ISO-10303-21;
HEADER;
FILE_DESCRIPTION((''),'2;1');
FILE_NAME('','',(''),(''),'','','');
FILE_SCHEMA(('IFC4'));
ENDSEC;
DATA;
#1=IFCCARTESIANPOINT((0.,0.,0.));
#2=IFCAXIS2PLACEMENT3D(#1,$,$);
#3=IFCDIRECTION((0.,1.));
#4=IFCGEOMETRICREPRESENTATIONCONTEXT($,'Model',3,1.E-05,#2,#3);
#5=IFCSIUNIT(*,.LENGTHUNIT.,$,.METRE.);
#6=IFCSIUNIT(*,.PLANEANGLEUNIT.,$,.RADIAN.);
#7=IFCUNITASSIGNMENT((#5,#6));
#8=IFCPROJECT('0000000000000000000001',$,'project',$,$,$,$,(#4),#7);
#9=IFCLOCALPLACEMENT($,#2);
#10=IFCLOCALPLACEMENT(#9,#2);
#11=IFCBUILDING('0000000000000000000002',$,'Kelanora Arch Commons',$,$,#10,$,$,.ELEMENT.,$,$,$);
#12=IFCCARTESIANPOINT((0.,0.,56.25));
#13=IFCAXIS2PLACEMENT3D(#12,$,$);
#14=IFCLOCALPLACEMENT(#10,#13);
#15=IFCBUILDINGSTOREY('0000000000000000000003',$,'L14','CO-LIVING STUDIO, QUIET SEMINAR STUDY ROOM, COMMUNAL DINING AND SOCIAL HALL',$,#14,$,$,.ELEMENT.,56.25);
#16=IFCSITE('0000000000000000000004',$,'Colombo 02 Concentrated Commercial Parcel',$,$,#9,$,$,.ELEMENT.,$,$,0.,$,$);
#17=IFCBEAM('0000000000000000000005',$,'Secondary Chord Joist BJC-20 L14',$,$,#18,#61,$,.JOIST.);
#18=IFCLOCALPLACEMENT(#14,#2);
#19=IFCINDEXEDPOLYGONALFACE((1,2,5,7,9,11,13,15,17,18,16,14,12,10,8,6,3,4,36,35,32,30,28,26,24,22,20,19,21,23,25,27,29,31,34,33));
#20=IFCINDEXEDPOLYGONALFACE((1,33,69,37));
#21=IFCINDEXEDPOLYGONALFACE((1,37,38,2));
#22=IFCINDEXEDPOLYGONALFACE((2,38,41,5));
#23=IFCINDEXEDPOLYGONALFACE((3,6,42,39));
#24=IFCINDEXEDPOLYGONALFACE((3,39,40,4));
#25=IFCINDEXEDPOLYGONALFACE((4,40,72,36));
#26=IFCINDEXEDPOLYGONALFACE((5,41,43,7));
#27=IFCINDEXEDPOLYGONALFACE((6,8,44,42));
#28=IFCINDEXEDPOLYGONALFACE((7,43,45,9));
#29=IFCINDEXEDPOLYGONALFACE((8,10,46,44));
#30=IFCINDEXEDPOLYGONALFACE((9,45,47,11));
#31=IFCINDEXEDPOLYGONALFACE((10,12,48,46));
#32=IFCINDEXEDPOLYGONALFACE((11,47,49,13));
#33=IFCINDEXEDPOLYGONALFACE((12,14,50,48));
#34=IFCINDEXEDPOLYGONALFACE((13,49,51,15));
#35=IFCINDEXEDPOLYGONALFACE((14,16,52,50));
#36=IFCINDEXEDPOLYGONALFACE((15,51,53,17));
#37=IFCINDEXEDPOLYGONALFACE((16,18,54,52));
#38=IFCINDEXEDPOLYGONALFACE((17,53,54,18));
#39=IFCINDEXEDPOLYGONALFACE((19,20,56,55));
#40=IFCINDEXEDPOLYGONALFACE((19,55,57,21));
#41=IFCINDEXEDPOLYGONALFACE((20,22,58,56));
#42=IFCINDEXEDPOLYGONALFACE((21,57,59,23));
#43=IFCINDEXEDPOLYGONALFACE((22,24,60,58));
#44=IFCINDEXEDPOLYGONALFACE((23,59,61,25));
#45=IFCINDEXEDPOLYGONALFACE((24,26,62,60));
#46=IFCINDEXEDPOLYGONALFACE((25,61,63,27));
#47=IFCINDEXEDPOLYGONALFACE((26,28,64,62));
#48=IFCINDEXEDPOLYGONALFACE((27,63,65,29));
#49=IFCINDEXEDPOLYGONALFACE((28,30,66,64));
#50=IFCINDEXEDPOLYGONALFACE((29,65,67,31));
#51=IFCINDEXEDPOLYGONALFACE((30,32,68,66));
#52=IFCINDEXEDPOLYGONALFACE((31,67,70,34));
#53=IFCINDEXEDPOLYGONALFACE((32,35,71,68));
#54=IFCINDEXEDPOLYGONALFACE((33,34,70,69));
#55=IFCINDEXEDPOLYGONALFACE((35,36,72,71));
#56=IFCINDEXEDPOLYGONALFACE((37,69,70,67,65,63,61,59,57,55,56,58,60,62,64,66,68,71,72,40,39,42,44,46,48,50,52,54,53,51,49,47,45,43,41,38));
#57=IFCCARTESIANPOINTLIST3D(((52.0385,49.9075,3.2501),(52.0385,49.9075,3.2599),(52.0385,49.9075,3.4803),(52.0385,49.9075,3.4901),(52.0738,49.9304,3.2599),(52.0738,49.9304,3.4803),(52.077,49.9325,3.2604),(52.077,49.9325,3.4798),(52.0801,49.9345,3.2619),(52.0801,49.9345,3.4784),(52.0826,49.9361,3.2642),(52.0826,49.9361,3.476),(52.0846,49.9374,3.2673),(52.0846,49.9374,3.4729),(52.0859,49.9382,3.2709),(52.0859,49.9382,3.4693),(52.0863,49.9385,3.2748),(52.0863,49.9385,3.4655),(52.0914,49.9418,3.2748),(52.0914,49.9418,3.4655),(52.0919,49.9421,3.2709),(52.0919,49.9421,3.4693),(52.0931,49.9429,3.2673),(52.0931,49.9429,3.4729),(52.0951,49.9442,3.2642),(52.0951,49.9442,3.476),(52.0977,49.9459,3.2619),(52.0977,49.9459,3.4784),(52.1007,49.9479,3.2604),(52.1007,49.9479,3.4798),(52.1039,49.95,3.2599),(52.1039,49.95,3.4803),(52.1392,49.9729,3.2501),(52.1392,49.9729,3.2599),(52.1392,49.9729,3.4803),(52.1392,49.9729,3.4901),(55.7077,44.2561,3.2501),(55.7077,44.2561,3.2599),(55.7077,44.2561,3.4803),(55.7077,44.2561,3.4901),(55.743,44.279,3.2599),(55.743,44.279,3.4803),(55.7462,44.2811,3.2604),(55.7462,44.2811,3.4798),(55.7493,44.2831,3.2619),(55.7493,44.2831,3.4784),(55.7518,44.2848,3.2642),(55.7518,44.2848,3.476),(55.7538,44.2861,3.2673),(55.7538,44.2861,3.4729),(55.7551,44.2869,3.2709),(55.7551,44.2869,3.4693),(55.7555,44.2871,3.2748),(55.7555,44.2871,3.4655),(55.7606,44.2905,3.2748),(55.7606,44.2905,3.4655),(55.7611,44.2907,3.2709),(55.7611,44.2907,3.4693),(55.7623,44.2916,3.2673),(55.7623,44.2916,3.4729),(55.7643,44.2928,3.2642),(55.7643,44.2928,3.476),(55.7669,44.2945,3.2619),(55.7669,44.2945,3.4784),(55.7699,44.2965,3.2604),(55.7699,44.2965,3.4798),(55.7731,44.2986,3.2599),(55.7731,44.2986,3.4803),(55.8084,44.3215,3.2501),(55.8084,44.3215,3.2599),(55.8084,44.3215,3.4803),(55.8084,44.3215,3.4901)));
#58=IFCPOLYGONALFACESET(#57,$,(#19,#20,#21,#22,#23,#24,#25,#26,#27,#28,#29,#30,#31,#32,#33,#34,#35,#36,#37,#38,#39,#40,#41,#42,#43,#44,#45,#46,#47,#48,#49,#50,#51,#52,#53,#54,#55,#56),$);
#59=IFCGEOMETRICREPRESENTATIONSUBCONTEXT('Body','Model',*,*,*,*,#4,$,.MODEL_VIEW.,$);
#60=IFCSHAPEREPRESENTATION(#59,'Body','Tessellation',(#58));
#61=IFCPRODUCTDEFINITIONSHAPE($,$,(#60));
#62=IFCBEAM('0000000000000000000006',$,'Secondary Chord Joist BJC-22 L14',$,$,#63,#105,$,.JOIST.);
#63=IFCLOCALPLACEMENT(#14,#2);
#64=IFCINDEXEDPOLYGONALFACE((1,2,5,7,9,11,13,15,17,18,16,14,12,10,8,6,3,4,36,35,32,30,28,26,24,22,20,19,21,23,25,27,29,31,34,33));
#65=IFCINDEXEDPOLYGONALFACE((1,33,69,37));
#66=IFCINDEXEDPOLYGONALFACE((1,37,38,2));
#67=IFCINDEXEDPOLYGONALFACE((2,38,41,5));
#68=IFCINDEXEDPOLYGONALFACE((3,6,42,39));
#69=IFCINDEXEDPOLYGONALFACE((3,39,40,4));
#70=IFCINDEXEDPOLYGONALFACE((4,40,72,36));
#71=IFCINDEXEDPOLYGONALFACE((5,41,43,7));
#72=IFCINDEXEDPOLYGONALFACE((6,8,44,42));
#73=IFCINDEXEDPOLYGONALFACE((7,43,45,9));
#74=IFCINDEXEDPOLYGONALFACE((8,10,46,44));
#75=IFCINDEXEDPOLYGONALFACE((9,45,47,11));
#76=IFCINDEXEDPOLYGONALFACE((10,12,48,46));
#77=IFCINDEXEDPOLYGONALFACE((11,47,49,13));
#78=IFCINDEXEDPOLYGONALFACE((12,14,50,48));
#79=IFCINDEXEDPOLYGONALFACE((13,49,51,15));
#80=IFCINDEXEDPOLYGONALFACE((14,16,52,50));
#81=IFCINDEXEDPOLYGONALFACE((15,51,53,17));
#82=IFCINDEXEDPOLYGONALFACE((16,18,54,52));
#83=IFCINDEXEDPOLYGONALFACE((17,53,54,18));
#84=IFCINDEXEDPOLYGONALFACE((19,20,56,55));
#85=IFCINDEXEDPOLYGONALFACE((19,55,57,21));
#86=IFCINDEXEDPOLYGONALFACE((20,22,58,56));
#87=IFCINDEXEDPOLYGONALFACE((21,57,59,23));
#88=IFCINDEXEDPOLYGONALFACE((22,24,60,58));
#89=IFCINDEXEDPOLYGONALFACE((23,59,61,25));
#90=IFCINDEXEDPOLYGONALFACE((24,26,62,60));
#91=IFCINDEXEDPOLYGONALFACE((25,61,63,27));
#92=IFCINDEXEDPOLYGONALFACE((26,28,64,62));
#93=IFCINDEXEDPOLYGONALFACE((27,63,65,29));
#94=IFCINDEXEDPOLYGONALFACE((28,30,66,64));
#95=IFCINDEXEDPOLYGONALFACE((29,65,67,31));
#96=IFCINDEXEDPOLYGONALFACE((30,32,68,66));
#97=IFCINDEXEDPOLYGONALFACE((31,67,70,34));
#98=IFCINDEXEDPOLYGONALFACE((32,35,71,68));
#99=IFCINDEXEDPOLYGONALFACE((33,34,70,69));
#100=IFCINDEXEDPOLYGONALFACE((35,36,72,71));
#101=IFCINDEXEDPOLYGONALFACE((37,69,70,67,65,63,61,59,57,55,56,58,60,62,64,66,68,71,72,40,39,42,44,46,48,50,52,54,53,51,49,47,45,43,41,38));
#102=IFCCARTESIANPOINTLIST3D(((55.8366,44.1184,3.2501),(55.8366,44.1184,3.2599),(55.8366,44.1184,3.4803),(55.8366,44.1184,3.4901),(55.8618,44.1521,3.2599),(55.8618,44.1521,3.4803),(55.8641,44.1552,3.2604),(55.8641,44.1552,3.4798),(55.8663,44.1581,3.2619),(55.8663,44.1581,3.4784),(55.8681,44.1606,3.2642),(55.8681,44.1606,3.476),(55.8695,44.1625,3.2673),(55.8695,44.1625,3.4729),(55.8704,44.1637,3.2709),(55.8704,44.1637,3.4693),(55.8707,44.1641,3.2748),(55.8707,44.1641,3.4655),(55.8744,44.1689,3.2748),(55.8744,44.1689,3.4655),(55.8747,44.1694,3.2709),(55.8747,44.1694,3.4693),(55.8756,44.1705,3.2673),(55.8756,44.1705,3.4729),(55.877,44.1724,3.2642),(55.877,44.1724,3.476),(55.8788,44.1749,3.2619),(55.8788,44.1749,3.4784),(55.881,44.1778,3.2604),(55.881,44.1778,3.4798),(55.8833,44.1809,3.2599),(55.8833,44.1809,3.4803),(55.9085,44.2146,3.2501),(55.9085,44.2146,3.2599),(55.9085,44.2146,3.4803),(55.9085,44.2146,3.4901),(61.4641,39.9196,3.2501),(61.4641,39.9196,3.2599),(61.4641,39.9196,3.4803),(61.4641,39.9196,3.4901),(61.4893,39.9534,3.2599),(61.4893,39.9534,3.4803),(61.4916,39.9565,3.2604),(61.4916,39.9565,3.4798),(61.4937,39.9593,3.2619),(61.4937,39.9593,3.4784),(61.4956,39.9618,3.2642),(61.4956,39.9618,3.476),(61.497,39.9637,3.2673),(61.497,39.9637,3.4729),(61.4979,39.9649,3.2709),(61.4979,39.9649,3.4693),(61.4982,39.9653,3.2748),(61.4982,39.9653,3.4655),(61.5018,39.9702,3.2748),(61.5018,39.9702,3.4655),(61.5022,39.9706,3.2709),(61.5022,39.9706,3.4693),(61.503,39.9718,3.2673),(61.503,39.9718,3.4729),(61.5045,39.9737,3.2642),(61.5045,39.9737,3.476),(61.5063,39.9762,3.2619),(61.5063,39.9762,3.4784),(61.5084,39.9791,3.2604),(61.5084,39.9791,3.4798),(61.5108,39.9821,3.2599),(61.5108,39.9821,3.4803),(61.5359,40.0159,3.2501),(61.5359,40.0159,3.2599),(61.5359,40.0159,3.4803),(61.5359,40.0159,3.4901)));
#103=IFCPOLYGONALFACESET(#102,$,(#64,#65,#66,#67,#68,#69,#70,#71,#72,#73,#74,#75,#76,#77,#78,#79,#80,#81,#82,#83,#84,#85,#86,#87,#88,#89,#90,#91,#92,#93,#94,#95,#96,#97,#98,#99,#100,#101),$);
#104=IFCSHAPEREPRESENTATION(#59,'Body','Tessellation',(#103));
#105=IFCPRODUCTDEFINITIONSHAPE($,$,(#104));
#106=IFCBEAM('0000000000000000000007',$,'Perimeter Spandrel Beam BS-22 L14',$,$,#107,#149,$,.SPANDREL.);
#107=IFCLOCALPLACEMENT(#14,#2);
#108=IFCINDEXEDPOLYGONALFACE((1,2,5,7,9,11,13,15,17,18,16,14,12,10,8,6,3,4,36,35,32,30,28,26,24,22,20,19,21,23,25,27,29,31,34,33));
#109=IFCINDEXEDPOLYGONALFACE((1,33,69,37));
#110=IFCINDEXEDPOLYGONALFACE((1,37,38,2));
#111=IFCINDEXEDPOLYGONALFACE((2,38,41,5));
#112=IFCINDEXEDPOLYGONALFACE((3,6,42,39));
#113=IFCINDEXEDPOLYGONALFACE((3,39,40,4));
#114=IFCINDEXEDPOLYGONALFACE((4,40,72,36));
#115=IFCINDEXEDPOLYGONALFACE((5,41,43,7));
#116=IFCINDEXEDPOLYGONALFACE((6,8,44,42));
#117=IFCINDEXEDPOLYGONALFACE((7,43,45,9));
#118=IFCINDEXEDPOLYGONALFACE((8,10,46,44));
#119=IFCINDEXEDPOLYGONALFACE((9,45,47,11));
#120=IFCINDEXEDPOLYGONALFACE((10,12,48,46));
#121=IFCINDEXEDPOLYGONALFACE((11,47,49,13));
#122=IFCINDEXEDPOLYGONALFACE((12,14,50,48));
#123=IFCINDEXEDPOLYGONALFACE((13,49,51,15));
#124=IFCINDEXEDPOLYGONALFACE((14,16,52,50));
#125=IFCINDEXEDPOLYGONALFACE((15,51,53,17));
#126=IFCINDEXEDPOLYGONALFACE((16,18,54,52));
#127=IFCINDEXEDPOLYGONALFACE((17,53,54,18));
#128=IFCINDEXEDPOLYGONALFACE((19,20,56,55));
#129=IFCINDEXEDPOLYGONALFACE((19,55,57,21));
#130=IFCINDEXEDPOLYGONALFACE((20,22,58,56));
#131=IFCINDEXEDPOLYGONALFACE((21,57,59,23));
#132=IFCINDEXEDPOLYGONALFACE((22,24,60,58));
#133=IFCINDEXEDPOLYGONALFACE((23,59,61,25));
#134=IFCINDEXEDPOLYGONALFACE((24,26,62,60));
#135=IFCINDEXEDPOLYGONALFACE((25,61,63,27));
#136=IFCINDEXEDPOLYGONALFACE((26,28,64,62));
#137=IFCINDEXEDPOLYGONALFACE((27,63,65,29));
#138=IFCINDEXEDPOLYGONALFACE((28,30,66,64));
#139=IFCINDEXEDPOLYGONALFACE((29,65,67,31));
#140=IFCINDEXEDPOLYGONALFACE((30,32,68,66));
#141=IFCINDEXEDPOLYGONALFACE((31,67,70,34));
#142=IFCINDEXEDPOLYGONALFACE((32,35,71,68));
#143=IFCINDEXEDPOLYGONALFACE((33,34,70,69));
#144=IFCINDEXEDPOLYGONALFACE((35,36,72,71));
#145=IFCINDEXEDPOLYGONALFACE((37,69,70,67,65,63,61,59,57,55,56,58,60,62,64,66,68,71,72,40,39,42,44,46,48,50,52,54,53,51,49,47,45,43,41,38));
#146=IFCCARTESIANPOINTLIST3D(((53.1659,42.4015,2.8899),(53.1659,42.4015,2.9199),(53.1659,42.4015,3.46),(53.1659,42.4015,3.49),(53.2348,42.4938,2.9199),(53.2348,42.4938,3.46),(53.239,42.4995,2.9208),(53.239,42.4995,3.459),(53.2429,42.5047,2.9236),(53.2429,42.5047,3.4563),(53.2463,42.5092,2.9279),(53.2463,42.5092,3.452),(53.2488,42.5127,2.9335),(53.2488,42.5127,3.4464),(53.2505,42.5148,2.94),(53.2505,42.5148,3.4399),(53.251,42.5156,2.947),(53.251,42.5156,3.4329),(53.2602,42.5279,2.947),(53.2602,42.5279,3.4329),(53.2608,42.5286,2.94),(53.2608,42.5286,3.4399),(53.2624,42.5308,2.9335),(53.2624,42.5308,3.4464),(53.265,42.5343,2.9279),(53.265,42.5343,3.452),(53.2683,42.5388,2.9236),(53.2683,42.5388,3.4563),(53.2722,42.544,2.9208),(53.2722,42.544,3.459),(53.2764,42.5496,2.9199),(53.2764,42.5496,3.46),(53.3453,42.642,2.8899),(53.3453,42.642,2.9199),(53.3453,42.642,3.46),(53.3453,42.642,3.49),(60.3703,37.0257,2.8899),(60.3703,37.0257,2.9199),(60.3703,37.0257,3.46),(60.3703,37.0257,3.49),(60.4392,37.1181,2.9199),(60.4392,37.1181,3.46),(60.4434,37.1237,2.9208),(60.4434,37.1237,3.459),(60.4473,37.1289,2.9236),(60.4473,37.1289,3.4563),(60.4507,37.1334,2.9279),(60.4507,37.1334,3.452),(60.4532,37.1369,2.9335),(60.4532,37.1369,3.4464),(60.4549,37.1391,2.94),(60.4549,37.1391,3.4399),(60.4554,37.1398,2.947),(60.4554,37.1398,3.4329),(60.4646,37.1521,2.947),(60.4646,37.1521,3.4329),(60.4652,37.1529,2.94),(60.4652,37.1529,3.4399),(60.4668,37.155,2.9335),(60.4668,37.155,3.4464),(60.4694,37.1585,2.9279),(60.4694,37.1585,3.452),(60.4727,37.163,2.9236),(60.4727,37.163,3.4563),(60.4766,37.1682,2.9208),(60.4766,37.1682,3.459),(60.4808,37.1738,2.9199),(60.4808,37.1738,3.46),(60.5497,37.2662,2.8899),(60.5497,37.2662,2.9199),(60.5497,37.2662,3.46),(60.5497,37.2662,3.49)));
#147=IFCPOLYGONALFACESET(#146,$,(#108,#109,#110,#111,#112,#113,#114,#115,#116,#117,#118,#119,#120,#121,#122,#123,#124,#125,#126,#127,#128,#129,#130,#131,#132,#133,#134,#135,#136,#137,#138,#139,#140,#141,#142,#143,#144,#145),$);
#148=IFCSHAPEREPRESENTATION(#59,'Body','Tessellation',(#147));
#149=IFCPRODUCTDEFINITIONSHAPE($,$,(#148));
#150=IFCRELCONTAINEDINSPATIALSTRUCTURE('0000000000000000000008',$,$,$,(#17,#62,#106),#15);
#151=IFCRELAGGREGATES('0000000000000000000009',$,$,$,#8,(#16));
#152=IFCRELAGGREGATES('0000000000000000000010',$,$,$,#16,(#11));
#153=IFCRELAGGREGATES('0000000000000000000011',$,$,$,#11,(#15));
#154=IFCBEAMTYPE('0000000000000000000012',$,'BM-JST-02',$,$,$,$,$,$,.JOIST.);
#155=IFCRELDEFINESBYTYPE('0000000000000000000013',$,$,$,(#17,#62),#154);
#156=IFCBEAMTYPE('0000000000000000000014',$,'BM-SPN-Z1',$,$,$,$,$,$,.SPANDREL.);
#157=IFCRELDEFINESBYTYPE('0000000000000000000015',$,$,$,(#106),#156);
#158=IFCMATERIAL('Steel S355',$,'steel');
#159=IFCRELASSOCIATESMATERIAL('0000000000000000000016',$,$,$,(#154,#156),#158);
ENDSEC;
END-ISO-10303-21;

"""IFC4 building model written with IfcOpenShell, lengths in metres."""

from ifc_helpers import new_model, si_unit, direction, frame, origin, origin_2d, place, context, subcontext, project, spatial, i_section, extrude, material, material_profile, profile_set, type_object, element, save


model = new_model("IFC4")

# Units and contexts
model_context = context("Model", 3, precision=1e-05, world=origin(), true_north=direction((0.0, 1.0)))
body_context = subcontext(model_context, "Body", "Model", "MODEL_VIEW")
ifc_project = project(units=[si_unit("LENGTHUNIT", "METRE"), si_unit("PLANEANGLEUNIT", "RADIAN")], contexts=[model_context])

# Site, building, storey
site_placement = place(None, origin())
site = spatial("IfcSite", under=ifc_project, at=site_placement, Name="Colombo 02 Concentrated Commercial Parcel", CompositionType="ELEMENT", RefElevation=0.0)
building_placement = place(site_placement, origin())
building = spatial("IfcBuilding", under=site, at=building_placement, Name="Kelanora Arch Commons", CompositionType="ELEMENT")
storey_placement = place(building_placement, frame((0.0, 0.0, 56.25)))
storey = spatial("IfcBuildingStorey", under=building, at=storey_placement, Name="L14", Description="CO-LIVING STUDIO, QUIET SEMINAR STUDY ROOM, COMMUNAL DINING AND SOCIAL HALL", CompositionType="ELEMENT", Elevation=56.25)

# Beams
ifc_material_1 = material(Name="Steel S355", Category="steel")
ifc_material_profile_1 = material_profile(ifc_material_1, i_section(OverallWidth=0.1201, OverallDepth=0.24, WebThickness=0.0061, FlangeThickness=0.0098, FilletRadius=0.0149, at=origin_2d()), Name="IPE240")
ifc_profile_set_1 = profile_set([ifc_material_profile_1], Name="Steel S355")
beam_type_1 = type_object("IfcBeamType", Name="BM-JST-02", PredefinedType="JOIST", material=ifc_profile_set_1)
beam_1_placement = place(storey_placement, frame((52.0889, 49.9402, 3.3701), z_axis=(0.54455, -0.838728, 0.0), x_axis=(0.838728, 0.54455, 0.0)))
element("IfcBeam", 1, at=beam_1_placement, inside=storey, type_object=beam_type_1, Name="Secondary Chord Joist BJC-20 L14", PredefinedType="JOIST", context=body_context, shape_type="SweptSolid", body=[
    extrude(i_section(OverallWidth=0.1201, OverallDepth=0.24, WebThickness=0.0061, FlangeThickness=0.0098, FilletRadius=0.0149, at=origin_2d()), origin(), (0.0, 0.0, 1.0), 6.738),
])
beam_2_placement = place(storey_placement, frame((55.8726, 44.1665, 3.3701), z_axis=(0.801491, -0.598006, 0.0), x_axis=(0.598006, 0.801491, 0.0)))
element("IfcBeam", 2, at=beam_2_placement, inside=storey, type_object=beam_type_1, Name="Secondary Chord Joist BJC-22 L14", PredefinedType="JOIST", context=body_context, shape_type="SweptSolid", body=[
    extrude(i_section(OverallWidth=0.1201, OverallDepth=0.24, WebThickness=0.0061, FlangeThickness=0.0098, FilletRadius=0.0149, at=origin_2d()), origin(), (0.0, 0.0, 1.0), 7.0212),
])
ifc_material_profile_2 = material_profile(ifc_material_1, i_section(OverallWidth=0.3, OverallDepth=0.6001, WebThickness=0.0154, FlangeThickness=0.03, FilletRadius=0.0271, at=origin_2d()), Name="HEB600")
ifc_profile_set_2 = profile_set([ifc_material_profile_2], Name="Steel S355")
beam_type_2 = type_object("IfcBeamType", Name="BM-SPN-Z1", PredefinedType="SPANDREL", material=ifc_profile_set_2)
beam_3_placement = place(storey_placement, frame((53.2556, 42.5217, 3.1899), z_axis=(0.801468, -0.598038, 0.0), x_axis=(0.598038, 0.801468, 0.0)))
element("IfcBeam", 3, at=beam_3_placement, inside=storey, type_object=beam_type_2, Name="Perimeter Spandrel Beam BS-22 L14", PredefinedType="SPANDREL", context=body_context, shape_type="SweptSolid", body=[
    extrude(i_section(OverallWidth=0.3, OverallDepth=0.6001, WebThickness=0.0154, FlangeThickness=0.03, FilletRadius=0.0271, at=origin_2d()), origin(), (0.0, 0.0, 1.0), 8.989),
])

save(model, "model.ifc")
